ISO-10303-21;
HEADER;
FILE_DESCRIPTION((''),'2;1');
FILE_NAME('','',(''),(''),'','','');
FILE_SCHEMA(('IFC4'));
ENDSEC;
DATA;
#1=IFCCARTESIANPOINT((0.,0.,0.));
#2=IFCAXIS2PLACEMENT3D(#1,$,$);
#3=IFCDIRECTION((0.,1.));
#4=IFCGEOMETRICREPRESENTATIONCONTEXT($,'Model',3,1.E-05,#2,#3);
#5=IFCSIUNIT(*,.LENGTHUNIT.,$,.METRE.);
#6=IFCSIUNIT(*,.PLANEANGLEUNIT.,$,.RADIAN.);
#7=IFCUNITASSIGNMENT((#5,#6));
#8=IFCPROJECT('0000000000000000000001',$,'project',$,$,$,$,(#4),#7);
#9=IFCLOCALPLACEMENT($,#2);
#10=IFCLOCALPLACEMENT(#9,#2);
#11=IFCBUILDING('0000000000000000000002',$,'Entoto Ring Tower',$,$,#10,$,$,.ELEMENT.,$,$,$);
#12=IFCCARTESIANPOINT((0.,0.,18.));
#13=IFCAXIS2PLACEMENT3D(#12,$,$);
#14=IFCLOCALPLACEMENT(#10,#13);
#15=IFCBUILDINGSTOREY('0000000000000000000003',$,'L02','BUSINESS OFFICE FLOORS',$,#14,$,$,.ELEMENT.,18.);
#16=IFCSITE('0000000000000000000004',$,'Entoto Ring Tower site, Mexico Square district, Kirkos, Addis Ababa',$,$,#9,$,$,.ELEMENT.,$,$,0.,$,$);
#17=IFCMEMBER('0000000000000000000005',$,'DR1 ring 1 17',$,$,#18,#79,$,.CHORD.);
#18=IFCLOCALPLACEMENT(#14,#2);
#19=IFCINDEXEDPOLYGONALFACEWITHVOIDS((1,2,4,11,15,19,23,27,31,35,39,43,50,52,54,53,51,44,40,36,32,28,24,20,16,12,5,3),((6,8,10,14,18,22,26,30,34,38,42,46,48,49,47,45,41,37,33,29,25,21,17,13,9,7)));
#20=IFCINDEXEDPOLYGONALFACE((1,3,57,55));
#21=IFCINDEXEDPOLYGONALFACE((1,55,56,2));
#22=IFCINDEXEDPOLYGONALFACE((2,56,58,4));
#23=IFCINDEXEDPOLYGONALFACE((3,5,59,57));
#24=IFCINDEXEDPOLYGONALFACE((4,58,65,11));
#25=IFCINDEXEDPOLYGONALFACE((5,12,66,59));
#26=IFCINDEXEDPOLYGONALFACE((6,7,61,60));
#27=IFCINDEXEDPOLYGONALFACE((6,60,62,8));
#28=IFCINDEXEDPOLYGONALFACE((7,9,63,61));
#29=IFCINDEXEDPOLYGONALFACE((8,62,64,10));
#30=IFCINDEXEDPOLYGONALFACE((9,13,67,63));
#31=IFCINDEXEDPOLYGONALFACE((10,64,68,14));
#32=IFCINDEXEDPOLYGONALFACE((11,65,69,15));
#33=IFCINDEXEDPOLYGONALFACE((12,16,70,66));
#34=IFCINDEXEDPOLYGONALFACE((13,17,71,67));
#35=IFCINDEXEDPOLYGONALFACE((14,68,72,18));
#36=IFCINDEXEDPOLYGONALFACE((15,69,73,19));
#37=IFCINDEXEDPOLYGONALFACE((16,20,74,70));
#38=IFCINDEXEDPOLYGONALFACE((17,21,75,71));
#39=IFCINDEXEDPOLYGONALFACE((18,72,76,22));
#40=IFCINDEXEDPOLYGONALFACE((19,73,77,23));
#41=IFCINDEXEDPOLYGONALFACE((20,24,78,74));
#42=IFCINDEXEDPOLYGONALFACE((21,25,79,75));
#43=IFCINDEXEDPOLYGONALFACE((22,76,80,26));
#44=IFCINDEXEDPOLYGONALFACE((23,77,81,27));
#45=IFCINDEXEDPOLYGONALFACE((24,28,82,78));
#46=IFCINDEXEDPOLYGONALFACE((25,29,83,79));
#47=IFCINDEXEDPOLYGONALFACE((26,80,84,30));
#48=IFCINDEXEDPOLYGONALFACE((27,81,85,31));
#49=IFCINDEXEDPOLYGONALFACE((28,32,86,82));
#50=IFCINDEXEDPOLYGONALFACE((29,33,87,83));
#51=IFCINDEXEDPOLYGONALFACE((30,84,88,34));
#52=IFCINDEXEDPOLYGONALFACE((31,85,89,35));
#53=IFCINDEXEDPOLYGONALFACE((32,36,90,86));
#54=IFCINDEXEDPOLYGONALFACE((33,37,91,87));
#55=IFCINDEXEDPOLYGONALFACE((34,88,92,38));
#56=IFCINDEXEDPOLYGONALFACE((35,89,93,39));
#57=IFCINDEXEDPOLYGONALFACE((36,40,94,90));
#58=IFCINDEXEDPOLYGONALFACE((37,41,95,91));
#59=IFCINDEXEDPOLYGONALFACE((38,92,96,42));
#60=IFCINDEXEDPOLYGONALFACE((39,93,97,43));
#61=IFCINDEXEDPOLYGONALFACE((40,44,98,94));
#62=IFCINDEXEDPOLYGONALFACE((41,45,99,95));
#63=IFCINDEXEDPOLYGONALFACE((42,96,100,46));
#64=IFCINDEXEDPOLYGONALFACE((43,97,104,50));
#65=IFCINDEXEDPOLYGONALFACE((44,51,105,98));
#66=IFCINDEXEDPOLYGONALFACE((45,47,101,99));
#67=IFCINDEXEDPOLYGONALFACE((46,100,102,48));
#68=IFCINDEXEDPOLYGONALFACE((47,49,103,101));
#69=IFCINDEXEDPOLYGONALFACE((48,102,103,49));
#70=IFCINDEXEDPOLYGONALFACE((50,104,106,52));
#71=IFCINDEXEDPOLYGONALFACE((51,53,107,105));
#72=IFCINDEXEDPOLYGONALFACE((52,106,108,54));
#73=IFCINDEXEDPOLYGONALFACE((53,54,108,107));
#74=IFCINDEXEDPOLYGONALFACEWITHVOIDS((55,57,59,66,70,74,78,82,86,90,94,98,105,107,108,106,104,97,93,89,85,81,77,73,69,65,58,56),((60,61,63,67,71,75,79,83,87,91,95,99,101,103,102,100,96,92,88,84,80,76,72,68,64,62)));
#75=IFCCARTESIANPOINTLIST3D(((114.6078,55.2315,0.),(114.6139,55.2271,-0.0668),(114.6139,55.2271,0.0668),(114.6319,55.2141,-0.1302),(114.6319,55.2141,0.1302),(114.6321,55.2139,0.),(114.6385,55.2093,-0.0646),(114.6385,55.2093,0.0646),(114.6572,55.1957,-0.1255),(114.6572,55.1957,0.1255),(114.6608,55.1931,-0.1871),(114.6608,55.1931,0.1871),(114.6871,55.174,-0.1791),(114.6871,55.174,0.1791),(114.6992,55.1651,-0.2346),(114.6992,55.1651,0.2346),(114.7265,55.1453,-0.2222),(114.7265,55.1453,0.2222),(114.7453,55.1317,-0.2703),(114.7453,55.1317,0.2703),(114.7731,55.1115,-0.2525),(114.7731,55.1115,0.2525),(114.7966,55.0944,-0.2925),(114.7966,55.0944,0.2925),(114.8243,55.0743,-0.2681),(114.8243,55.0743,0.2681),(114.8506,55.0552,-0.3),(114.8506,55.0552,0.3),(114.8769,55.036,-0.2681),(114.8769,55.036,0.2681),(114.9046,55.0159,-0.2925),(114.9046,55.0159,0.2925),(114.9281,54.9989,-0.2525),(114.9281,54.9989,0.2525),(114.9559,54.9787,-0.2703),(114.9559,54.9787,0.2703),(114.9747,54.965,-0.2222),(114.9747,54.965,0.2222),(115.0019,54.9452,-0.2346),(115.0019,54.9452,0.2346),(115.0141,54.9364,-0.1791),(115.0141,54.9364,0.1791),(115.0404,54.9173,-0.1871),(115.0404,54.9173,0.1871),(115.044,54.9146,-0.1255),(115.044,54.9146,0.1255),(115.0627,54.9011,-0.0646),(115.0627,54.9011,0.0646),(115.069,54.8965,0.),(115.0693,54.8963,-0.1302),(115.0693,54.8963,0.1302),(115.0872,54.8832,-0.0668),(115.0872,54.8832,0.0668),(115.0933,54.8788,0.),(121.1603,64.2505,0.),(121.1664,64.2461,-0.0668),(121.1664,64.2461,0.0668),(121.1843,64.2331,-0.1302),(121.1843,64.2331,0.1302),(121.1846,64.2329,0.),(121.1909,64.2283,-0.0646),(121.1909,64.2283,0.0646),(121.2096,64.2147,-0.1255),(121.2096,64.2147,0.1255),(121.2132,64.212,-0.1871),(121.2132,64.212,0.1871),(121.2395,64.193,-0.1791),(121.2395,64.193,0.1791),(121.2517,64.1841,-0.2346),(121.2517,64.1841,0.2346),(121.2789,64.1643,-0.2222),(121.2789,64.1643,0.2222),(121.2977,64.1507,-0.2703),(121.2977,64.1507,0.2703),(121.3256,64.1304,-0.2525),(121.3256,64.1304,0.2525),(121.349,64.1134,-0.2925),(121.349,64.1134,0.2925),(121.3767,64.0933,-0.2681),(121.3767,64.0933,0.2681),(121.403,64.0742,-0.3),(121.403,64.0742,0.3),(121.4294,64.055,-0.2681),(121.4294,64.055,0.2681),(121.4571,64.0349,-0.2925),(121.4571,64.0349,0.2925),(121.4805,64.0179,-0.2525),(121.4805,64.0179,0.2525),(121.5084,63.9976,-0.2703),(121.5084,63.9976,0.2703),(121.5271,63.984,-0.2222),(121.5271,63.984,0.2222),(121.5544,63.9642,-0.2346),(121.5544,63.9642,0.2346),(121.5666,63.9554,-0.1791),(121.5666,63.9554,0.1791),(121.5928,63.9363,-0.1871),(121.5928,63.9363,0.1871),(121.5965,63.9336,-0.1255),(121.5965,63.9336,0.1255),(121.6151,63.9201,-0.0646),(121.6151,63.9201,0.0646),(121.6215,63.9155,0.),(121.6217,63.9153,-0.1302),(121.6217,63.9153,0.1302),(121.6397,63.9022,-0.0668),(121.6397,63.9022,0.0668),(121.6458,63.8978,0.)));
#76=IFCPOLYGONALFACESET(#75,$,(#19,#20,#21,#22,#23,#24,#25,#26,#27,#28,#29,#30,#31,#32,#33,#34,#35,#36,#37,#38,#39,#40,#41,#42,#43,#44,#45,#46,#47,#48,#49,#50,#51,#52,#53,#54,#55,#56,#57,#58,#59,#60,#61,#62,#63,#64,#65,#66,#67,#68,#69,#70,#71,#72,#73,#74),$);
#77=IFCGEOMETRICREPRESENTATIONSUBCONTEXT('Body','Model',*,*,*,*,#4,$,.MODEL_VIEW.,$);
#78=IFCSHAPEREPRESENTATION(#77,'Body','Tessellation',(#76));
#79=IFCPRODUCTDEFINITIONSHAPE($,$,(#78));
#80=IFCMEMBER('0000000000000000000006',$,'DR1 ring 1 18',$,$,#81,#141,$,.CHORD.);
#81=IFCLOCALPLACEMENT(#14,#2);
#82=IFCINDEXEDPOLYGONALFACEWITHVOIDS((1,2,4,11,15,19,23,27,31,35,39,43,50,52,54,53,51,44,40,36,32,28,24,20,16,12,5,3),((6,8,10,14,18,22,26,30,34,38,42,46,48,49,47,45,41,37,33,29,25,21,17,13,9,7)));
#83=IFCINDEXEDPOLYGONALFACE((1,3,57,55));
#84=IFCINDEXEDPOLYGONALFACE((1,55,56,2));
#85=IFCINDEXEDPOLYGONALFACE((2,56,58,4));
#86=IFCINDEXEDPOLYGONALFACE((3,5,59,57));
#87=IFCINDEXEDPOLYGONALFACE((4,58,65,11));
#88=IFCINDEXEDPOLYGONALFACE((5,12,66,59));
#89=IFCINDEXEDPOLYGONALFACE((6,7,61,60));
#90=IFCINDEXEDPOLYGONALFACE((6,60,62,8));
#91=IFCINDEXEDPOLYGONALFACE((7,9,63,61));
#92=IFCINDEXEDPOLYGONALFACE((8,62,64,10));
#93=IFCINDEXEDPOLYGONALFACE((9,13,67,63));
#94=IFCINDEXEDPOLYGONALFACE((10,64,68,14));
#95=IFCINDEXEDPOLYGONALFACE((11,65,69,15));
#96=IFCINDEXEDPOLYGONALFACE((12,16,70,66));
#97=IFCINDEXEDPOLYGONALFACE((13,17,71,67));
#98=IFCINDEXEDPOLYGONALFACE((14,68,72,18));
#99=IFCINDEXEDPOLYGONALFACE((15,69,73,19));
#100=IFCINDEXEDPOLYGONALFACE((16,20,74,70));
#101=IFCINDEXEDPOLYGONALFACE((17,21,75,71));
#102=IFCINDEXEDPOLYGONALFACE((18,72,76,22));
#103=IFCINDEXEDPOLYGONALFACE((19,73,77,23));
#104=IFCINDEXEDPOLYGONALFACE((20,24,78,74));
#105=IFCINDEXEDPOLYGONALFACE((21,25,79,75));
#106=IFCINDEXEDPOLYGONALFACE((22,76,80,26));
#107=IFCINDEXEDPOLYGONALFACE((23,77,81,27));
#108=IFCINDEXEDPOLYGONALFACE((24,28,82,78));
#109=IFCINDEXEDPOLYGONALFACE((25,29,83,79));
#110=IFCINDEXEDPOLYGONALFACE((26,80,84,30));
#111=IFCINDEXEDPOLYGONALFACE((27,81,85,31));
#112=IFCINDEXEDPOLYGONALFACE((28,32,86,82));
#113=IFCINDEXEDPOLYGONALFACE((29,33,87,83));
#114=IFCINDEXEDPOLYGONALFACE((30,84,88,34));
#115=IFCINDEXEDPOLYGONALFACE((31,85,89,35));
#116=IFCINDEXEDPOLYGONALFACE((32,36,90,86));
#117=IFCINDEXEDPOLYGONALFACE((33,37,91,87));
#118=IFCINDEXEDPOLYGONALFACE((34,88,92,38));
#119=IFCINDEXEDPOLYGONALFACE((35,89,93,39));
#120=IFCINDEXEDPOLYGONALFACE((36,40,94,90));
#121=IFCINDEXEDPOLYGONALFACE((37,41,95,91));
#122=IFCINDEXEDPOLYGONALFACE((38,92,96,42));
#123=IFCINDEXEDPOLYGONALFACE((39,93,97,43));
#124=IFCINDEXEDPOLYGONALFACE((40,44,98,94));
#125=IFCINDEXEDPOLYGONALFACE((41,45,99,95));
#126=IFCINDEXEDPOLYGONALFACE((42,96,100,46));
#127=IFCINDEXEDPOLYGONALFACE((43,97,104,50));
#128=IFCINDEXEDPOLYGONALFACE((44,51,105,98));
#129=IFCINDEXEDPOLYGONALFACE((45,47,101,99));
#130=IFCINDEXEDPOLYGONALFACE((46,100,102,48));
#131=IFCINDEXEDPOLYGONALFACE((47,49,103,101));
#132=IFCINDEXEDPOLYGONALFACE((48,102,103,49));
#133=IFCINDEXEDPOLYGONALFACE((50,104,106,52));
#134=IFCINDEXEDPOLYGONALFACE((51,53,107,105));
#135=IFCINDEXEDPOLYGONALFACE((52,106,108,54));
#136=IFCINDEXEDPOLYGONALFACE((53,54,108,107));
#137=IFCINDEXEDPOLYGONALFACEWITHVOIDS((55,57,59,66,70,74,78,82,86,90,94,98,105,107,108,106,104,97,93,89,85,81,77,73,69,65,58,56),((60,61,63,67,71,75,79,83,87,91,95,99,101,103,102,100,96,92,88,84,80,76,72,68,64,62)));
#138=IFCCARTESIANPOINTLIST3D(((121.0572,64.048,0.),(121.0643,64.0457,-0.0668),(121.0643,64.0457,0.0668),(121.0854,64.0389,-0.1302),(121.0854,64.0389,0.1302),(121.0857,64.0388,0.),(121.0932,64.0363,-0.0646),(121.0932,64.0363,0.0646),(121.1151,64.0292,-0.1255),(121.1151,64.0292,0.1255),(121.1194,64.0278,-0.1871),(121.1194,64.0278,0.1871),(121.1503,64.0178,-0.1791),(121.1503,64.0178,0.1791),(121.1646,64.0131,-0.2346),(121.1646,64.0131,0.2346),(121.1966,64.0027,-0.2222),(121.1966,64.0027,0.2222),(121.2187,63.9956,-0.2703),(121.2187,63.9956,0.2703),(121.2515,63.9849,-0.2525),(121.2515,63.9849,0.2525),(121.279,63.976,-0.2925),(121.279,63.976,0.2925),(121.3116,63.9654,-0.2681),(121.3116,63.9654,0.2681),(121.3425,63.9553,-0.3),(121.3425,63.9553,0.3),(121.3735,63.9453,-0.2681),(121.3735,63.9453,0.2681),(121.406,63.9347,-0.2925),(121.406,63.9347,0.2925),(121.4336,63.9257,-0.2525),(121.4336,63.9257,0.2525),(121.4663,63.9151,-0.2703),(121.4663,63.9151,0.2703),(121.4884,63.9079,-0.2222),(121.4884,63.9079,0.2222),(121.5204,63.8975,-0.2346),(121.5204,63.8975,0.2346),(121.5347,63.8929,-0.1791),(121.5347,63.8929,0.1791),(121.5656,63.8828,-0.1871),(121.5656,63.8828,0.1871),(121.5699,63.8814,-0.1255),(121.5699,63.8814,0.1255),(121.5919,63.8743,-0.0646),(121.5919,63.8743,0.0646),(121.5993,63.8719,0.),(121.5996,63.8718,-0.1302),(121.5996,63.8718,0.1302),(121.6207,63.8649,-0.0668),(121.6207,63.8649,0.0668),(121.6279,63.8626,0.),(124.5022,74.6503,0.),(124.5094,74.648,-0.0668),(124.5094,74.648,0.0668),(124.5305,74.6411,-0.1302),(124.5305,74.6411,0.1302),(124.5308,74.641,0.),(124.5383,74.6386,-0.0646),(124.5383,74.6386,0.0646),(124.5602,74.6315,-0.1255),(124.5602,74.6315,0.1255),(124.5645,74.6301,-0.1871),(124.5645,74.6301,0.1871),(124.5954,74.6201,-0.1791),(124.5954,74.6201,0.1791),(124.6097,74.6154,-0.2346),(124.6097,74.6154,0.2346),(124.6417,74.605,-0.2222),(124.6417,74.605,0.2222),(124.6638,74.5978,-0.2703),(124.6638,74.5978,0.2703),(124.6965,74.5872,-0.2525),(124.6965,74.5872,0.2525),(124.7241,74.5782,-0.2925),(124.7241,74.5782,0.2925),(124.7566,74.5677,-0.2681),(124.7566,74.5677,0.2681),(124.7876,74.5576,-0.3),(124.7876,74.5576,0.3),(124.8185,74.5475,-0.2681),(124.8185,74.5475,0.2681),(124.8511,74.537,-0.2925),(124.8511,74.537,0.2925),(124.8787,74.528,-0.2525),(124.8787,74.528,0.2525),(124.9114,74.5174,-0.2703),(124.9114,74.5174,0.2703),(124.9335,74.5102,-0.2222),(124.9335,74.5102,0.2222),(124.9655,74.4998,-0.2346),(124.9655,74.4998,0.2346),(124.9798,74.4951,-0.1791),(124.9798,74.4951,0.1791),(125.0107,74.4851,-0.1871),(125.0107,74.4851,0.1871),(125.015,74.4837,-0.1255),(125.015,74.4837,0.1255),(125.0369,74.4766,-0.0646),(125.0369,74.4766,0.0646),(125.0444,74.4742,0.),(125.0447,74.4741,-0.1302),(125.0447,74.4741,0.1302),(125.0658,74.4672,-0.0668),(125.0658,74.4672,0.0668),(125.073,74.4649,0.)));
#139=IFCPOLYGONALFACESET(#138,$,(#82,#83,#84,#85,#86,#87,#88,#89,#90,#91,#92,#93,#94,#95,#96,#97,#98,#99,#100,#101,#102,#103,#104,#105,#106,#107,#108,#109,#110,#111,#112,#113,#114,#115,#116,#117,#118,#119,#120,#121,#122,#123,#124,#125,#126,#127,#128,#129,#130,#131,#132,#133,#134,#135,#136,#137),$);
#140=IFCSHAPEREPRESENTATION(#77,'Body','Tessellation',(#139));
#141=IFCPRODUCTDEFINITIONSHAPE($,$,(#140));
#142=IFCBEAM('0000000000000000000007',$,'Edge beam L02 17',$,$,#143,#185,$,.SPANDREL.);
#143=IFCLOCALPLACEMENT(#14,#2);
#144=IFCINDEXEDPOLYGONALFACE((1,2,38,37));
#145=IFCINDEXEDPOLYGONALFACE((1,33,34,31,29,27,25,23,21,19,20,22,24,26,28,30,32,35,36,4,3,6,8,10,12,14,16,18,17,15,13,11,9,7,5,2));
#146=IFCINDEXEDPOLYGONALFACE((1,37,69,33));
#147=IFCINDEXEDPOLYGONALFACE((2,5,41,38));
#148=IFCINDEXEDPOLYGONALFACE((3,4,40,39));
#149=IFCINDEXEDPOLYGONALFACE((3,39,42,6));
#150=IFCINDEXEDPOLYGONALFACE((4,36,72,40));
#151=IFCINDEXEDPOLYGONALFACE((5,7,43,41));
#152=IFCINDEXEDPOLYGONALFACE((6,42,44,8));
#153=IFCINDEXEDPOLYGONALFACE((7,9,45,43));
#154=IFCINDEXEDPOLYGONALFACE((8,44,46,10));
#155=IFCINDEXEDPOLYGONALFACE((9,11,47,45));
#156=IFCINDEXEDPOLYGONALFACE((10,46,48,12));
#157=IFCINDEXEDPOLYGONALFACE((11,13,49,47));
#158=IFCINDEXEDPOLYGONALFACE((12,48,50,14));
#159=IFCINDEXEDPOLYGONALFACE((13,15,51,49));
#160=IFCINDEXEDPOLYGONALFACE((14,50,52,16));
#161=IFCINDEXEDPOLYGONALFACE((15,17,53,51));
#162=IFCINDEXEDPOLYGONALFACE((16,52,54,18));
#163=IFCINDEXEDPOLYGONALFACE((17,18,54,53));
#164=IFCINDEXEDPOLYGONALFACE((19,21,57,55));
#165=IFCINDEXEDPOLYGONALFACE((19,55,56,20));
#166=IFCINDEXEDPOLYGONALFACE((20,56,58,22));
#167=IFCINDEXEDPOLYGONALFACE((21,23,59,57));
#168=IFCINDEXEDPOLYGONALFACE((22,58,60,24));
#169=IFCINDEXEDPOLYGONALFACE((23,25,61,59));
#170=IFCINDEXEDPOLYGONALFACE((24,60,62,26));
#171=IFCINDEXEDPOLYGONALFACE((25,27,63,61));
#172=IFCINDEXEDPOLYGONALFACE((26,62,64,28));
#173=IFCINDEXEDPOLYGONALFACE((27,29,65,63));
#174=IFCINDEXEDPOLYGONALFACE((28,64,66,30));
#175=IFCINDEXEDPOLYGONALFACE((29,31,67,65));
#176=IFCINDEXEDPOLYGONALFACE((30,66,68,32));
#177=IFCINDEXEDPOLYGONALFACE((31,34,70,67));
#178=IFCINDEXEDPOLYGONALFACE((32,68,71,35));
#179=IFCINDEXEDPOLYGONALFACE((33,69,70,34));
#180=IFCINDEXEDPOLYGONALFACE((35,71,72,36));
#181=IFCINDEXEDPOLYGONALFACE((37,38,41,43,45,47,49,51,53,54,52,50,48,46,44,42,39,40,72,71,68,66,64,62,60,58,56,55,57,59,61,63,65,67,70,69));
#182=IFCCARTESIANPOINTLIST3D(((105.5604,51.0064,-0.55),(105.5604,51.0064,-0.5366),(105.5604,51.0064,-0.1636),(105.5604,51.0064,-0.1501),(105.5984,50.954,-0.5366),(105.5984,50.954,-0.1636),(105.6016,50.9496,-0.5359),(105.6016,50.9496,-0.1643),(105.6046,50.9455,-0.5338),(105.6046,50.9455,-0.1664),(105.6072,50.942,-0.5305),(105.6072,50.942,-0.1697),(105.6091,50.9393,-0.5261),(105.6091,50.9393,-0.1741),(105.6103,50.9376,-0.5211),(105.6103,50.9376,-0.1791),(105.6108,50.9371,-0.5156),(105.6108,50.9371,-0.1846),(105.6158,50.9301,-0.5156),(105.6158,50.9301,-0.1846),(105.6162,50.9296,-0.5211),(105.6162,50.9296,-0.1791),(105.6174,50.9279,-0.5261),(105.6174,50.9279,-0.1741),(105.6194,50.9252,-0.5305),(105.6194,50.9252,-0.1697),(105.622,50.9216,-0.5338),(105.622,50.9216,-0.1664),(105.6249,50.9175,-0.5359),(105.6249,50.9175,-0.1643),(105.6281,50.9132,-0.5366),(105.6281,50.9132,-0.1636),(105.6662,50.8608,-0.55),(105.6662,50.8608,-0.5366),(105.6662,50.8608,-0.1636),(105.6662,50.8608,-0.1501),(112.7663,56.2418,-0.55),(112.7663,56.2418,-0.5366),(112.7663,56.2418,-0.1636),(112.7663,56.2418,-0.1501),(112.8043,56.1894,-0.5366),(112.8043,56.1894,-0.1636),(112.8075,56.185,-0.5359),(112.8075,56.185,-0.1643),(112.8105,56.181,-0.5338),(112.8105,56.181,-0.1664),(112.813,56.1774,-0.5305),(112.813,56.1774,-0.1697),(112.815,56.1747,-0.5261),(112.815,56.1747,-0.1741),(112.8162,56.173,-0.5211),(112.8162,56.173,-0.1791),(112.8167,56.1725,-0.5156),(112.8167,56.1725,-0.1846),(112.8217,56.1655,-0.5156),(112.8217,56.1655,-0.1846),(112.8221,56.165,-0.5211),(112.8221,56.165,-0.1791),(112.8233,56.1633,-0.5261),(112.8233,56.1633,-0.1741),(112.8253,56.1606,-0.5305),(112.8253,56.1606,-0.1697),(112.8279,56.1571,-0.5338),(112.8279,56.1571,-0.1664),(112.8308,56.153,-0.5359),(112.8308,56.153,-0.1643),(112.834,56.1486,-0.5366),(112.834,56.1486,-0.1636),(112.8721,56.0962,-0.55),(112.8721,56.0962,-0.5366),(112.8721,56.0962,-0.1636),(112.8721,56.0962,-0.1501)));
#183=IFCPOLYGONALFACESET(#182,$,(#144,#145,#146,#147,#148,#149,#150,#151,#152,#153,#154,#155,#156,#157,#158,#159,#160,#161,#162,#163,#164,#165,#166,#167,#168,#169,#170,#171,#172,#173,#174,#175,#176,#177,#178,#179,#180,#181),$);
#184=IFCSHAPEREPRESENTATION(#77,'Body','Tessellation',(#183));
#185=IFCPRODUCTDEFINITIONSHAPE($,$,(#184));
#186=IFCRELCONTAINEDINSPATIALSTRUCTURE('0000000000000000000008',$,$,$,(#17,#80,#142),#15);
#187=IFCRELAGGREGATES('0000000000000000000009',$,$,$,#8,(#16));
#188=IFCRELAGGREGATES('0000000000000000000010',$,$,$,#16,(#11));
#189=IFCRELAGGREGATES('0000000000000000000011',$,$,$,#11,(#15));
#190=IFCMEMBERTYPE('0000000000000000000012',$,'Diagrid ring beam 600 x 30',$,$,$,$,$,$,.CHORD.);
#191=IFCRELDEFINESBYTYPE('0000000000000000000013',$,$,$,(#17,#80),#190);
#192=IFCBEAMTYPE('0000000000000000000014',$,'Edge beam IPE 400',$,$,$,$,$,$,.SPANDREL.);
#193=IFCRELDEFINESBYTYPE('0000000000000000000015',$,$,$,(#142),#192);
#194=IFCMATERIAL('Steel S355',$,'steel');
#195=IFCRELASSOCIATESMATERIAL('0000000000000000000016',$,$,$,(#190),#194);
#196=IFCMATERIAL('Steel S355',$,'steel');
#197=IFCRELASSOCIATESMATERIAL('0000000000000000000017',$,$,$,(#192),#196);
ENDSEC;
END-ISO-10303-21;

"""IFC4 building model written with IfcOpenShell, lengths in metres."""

from ifc_helpers import new_model, si_unit, direction, frame, origin, origin_2d, place, context, subcontext, project, spatial, circle, hollow_circle, i_section, extrude, material, material_profile, profile_set, type_object, element, save


model = new_model("IFC4")

# Units and contexts
model_context = context("Model", 3, precision=1e-05, world=origin(), true_north=direction((0.0, 1.0)))
body_context = subcontext(model_context, "Body", "Model", "MODEL_VIEW")
ifc_project = project(units=[si_unit("LENGTHUNIT", "METRE"), si_unit("PLANEANGLEUNIT", "RADIAN")], contexts=[model_context])

# Site, building, storey
site_placement = place(None, origin())
site = spatial("IfcSite", under=ifc_project, at=site_placement, Name="Entoto Ring Tower site, Mexico Square district, Kirkos, Addis Ababa", CompositionType="ELEMENT", RefElevation=0.0)
building_placement = place(site_placement, origin())
building = spatial("IfcBuilding", under=site, at=building_placement, Name="Entoto Ring Tower", CompositionType="ELEMENT")
storey_placement = place(building_placement, frame((0.0, 0.0, 18.0)))
storey = spatial("IfcBuildingStorey", under=building, at=storey_placement, Name="L02", Description="BUSINESS OFFICE FLOORS", CompositionType="ELEMENT", Elevation=18.0)

# Members
ifc_material_1 = material(Name="Steel S355", Category="steel")
ifc_material_profile_1 = material_profile(ifc_material_1, hollow_circle(Radius=0.3, WallThickness=0.03, at=origin_2d()), Name="CHS 600 x 30")
ifc_material_2 = material(Name="Concrete C60/75", Category="concrete")
ifc_material_profile_2 = material_profile(ifc_material_2, circle(Radius=0.27, at=origin_2d()), Name="Concrete C60/75 infill")
ifc_profile_set_1 = profile_set([ifc_material_profile_1, ifc_material_profile_2], Name="Steel S355")
member_type_1 = type_object("IfcMemberType", Name="Diagrid ring beam 600 x 30", PredefinedType="CHORD", material=ifc_profile_set_1)
for number, where, z_axis, x_axis, name in (
    (1, (114.8506, 55.0552, 0.0), (0.587772, 0.809027, 0.0), (-0.809027, 0.587772, 0.0), "DR1 ring 1 17"),
    (2, (121.3425, 63.9553, 0.0), (0.309031, 0.951052, 0.0), (-0.951052, 0.309031, 0.0), "DR1 ring 1 18"),
):
    element("IfcMember", number, at=place(storey_placement, frame(where, z_axis=z_axis, x_axis=x_axis)), inside=storey, type_object=member_type_1, Name=name, PredefinedType="CHORD", context=body_context, shape_type="SweptSolid", body=[
        extrude(hollow_circle(Radius=0.3, WallThickness=0.03, at=origin_2d()), origin(), (0.0, 0.0, 1.0), 11.1479),
    ])

# Beam
ifc_material_3 = material(Name="Steel S355", Category="steel")
ifc_material_profile_3 = material_profile(ifc_material_3, i_section(OverallWidth=0.1799, OverallDepth=0.3999, WebThickness=0.0085, FlangeThickness=0.0134, FilletRadius=0.021, at=origin_2d()), Name="IPE 400")
ifc_profile_set_2 = profile_set([ifc_material_profile_3], Name="Steel S355")
beam_type = type_object("IfcBeamType", Name="Edge beam IPE 400", PredefinedType="SPANDREL", material=ifc_profile_set_2)
for number, where, z_axis, x_axis, name in (
    (3, (105.6133, 50.9336, -0.3501), (0.809016, 0.587787, 0.0), (-0.587787, 0.809016, 0.0), "Edge beam L02 17"),
):
    element("IfcBeam", number, at=place(storey_placement, frame(where, z_axis=z_axis, x_axis=x_axis)), inside=storey, type_object=beam_type, Name=name, PredefinedType="SPANDREL", context=body_context, shape_type="SweptSolid", body=[
        extrude(i_section(OverallWidth=0.1799, OverallDepth=0.3999, WebThickness=0.0085, FlangeThickness=0.0134, FilletRadius=0.021, at=origin_2d()), origin(), (0.0, 0.0, 1.0), 8.907),
    ])

save(model, "model.ifc")
